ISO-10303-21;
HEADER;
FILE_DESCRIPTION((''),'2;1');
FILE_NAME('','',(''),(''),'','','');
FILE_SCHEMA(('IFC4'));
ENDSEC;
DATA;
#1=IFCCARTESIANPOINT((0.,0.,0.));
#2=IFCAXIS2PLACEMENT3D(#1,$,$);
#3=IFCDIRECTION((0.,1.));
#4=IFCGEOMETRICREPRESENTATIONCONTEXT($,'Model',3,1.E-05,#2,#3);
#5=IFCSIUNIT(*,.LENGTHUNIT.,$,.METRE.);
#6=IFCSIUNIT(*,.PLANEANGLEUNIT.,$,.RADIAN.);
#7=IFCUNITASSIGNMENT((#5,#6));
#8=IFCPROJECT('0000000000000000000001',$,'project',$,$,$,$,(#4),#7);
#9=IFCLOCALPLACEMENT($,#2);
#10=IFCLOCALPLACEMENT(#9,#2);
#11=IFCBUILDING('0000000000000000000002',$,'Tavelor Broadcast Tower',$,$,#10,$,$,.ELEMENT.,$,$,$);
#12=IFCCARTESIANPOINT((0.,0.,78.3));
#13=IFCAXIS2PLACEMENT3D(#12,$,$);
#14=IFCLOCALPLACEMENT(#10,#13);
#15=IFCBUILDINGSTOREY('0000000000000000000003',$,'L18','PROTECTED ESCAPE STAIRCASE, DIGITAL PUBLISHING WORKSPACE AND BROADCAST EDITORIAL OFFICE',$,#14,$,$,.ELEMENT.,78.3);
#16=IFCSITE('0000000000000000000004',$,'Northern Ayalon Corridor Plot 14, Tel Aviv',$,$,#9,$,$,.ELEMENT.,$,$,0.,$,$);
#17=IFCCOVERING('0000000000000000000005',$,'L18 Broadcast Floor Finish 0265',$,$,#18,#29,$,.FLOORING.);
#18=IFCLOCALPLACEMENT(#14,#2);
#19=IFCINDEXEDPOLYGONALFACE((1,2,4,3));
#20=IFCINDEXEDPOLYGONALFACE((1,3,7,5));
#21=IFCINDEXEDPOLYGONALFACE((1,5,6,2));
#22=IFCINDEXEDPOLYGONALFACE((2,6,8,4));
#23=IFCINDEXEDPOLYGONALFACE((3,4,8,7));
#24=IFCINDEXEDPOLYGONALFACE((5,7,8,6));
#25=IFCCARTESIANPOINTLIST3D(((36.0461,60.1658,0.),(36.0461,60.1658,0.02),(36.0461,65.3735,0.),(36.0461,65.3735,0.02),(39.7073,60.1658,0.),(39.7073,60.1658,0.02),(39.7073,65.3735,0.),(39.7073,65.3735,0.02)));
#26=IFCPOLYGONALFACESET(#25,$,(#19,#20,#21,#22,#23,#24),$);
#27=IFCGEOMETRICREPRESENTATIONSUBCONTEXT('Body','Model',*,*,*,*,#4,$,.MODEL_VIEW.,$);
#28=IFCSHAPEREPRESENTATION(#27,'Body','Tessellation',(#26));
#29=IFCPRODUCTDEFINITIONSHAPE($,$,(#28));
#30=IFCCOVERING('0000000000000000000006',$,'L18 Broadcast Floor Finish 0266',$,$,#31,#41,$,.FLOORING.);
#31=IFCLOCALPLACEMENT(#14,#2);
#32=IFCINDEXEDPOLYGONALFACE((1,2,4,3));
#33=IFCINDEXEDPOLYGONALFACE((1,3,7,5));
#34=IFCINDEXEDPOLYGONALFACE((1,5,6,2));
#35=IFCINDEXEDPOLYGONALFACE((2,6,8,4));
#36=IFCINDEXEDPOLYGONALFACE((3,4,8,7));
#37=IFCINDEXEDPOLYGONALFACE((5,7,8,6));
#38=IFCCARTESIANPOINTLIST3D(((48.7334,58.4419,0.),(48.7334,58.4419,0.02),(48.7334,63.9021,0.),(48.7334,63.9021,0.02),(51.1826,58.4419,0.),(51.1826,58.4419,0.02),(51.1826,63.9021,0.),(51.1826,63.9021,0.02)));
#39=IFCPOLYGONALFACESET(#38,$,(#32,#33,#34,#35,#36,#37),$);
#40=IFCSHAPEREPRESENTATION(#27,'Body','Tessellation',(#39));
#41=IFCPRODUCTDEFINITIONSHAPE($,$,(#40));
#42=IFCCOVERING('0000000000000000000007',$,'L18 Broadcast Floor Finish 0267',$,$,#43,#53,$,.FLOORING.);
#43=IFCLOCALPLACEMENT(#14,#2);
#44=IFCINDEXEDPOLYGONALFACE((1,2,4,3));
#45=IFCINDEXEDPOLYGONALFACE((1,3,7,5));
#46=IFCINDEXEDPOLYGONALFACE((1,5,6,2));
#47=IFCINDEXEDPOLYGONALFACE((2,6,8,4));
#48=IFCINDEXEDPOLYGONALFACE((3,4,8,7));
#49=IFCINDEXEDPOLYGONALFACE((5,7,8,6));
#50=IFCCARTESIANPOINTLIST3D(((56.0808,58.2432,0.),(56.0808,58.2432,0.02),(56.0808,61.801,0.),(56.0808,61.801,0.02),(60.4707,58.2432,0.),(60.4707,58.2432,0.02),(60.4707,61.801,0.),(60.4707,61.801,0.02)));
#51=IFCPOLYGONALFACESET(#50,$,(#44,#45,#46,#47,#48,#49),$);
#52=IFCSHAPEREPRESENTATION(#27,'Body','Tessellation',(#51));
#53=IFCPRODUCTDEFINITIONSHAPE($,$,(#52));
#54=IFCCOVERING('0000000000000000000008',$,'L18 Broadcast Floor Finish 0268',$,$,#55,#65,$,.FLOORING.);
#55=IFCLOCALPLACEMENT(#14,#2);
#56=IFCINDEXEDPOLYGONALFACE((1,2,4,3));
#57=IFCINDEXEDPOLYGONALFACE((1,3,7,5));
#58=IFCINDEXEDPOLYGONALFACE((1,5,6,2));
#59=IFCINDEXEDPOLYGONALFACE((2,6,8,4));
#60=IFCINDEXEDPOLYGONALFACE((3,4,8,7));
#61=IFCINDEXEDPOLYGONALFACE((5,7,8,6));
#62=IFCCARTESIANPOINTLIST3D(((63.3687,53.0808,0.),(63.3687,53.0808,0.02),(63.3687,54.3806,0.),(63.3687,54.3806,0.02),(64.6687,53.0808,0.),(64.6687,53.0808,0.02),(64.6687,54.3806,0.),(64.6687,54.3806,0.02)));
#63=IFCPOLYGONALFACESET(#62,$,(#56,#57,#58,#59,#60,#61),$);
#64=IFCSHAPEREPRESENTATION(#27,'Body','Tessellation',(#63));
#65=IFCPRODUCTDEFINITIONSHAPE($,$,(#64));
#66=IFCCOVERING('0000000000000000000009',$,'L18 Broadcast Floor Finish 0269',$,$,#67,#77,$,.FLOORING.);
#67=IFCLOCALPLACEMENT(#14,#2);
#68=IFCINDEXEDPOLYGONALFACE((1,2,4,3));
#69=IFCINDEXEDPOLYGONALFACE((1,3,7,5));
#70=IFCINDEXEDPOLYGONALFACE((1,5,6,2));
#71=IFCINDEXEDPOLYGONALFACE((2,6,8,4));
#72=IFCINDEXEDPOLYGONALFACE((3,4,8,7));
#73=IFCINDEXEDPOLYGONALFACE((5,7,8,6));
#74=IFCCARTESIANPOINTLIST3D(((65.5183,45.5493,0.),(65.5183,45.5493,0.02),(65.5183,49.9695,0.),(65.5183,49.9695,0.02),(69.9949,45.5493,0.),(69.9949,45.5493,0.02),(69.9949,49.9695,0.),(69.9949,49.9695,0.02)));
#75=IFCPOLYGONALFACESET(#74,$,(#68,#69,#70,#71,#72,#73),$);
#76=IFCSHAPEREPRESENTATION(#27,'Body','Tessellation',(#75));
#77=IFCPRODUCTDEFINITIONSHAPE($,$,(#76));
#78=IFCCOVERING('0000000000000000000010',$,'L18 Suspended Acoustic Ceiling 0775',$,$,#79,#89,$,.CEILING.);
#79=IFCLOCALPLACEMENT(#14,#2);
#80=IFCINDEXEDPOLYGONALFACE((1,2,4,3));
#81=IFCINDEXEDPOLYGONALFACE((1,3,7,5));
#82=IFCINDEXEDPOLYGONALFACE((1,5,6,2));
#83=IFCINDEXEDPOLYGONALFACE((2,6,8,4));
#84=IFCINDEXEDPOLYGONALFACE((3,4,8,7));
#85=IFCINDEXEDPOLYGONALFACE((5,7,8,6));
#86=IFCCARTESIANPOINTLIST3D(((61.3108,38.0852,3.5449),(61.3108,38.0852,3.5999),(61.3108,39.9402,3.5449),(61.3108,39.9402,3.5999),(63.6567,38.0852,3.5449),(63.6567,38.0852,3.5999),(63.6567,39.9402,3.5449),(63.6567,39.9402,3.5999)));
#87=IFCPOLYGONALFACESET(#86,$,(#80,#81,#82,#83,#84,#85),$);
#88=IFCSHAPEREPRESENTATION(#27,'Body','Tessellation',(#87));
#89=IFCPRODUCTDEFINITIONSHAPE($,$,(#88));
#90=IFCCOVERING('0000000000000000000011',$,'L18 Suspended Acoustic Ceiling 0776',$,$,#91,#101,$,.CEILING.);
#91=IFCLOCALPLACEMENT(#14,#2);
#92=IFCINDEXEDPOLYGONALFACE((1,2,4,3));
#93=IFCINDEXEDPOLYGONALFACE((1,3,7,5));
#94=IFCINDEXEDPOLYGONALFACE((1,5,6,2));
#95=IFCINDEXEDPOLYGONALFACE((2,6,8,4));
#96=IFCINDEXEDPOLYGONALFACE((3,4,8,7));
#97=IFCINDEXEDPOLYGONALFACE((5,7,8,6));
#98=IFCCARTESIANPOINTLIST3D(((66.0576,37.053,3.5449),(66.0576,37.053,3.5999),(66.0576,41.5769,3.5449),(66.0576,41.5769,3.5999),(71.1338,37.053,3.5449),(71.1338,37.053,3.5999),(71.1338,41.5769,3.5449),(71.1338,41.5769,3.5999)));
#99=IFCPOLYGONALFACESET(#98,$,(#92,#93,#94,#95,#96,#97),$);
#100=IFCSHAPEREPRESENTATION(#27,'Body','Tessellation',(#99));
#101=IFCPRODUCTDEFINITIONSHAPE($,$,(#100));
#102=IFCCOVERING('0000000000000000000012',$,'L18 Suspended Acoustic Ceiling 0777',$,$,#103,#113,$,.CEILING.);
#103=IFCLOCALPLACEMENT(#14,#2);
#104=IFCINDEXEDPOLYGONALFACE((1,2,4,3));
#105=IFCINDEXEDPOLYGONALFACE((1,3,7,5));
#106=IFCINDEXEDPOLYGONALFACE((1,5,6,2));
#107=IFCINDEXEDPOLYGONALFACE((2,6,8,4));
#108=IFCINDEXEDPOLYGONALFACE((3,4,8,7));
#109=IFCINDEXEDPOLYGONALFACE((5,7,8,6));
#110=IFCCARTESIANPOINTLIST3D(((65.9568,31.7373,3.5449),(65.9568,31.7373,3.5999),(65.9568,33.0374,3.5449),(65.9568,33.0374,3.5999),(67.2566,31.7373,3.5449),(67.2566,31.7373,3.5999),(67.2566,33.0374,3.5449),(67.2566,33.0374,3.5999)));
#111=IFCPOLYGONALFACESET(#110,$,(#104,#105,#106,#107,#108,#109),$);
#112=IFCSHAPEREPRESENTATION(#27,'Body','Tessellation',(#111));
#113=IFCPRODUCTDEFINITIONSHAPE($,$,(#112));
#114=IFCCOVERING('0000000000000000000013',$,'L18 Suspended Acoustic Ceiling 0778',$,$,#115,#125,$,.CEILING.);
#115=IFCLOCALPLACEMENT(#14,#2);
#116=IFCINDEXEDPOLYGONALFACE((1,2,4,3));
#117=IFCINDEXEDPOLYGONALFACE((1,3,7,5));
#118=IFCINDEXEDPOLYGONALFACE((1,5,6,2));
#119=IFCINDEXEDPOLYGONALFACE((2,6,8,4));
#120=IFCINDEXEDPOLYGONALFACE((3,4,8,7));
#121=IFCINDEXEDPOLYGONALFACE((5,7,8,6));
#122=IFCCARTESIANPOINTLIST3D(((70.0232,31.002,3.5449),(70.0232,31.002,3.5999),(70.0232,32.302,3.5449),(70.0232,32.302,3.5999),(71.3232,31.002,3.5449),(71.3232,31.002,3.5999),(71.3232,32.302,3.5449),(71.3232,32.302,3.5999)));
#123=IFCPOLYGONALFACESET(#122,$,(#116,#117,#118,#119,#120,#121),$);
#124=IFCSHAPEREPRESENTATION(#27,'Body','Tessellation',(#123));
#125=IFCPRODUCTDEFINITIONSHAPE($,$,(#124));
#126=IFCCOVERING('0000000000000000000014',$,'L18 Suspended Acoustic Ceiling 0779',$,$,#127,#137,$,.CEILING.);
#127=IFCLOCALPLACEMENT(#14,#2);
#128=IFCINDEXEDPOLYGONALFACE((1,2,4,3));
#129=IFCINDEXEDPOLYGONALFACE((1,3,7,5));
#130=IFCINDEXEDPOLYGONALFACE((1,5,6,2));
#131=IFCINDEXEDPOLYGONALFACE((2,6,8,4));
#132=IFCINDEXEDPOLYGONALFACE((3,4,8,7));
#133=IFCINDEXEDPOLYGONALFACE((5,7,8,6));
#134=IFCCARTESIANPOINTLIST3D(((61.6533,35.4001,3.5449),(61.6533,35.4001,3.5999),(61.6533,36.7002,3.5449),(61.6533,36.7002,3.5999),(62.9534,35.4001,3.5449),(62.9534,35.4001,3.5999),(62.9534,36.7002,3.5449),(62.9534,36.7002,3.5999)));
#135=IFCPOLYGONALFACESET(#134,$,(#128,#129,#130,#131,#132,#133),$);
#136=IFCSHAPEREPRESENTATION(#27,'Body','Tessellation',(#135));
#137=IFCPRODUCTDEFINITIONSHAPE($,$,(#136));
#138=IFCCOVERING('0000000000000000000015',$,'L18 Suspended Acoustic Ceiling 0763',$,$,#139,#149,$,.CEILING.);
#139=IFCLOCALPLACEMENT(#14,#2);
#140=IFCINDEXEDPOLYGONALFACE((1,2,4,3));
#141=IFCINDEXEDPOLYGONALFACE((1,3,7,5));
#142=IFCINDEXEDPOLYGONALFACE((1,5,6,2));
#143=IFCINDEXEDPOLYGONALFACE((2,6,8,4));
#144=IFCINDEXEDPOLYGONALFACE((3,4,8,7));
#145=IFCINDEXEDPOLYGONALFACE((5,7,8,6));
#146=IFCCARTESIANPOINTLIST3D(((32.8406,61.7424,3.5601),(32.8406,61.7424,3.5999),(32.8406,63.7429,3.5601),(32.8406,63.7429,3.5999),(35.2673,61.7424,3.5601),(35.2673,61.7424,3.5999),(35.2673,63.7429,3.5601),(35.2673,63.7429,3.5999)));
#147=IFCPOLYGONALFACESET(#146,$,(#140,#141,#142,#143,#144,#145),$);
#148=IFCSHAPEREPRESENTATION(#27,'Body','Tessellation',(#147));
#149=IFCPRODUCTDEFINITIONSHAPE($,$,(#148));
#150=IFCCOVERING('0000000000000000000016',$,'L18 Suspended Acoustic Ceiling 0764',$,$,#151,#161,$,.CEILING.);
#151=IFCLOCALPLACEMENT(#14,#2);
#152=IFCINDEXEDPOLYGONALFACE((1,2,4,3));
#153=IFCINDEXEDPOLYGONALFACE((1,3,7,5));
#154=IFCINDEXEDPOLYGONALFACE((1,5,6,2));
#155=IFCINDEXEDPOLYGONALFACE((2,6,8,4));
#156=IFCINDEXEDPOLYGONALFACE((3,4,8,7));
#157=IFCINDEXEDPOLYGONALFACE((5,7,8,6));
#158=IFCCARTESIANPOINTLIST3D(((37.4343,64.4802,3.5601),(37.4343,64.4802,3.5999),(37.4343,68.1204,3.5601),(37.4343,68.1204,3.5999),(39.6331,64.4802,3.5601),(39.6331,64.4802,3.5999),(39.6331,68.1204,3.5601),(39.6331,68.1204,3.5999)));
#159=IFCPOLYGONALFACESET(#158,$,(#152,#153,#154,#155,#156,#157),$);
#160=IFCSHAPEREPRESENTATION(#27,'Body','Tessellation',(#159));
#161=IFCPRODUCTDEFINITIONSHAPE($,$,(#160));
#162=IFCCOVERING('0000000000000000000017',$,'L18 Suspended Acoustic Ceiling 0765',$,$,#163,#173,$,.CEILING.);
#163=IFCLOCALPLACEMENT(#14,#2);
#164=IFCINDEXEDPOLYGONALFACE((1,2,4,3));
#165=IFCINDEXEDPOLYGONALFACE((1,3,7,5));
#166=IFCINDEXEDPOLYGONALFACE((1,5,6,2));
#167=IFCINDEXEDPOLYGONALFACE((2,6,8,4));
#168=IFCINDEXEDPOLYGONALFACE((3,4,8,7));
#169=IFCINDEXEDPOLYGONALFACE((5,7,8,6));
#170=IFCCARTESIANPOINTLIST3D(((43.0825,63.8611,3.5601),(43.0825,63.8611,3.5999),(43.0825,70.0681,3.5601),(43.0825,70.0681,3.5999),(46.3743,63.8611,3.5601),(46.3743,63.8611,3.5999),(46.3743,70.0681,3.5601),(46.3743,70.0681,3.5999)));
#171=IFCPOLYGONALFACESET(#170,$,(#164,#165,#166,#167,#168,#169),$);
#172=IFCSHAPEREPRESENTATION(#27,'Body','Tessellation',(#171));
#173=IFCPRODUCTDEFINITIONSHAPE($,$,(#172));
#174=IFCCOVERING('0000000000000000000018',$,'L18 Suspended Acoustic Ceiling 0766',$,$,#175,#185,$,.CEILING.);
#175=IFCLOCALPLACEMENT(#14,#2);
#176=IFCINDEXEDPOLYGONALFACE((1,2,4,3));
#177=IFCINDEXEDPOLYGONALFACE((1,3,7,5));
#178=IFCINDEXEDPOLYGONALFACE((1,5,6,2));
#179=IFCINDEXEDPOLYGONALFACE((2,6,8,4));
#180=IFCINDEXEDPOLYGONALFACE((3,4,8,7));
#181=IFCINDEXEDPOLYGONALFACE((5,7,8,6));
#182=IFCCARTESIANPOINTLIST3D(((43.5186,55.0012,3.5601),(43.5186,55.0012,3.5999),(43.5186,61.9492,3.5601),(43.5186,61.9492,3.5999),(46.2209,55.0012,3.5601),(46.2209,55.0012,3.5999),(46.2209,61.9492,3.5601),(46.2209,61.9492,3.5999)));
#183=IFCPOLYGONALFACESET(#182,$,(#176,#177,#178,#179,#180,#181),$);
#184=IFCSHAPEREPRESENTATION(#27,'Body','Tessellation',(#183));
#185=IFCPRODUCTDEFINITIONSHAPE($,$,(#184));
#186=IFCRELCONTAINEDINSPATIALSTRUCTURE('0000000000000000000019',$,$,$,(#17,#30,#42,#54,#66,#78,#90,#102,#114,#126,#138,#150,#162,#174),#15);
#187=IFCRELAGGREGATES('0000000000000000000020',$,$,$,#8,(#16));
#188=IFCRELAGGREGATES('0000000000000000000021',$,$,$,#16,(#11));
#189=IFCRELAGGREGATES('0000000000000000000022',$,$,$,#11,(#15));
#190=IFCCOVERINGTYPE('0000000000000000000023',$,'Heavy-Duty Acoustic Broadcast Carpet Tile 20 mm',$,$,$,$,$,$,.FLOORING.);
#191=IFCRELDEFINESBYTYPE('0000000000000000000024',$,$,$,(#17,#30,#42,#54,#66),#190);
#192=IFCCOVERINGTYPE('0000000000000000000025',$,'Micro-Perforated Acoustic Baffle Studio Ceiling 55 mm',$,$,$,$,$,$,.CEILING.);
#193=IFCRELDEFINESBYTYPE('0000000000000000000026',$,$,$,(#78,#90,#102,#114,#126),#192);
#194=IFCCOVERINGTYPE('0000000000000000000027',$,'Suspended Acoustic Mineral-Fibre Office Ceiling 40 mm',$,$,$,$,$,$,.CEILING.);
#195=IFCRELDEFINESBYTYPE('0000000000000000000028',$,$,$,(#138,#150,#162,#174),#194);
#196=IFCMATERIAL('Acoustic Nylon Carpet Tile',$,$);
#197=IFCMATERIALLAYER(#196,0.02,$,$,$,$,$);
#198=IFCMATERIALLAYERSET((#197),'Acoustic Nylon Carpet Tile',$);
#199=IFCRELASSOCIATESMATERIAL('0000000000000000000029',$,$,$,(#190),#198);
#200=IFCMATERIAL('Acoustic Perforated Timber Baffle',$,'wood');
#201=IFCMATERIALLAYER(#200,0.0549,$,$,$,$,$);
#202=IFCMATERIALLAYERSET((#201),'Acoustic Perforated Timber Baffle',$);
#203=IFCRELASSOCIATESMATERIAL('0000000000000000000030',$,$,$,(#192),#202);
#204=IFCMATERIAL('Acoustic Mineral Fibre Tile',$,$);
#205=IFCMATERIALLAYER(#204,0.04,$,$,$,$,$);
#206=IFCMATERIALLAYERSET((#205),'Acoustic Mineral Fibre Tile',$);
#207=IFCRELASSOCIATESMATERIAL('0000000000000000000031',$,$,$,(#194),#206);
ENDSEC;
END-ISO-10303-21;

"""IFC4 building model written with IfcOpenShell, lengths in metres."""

from ifc_helpers import new_model, si_unit, direction, frame, origin, place, context, subcontext, project, spatial, polyline, outline, extrude, material, layer, layer_set, type_object, element, save


model = new_model("IFC4")

# Units and contexts
model_context = context("Model", 3, precision=1e-05, world=origin(), true_north=direction((0.0, 1.0)))
body_context = subcontext(model_context, "Body", "Model", "MODEL_VIEW")
ifc_project = project(units=[si_unit("LENGTHUNIT", "METRE"), si_unit("PLANEANGLEUNIT", "RADIAN")], contexts=[model_context])

# Site, building, storey
site_placement = place(None, origin())
site = spatial("IfcSite", under=ifc_project, at=site_placement, Name="Northern Ayalon Corridor Plot 14, Tel Aviv", CompositionType="ELEMENT", RefElevation=0.0)
building_placement = place(site_placement, origin())
building = spatial("IfcBuilding", under=site, at=building_placement, Name="Tavelor Broadcast Tower", CompositionType="ELEMENT")
storey_placement = place(building_placement, frame((0.0, 0.0, 78.3)))
storey = spatial("IfcBuildingStorey", under=building, at=storey_placement, Name="L18", Description="PROTECTED ESCAPE STAIRCASE, DIGITAL PUBLISHING WORKSPACE AND BROADCAST EDITORIAL OFFICE", CompositionType="ELEMENT", Elevation=78.3)

# Coverings
ifc_material_1 = material(Name="Acoustic Nylon Carpet Tile")
ifc_layer_1 = layer(ifc_material_1, 0.02)
ifc_layer_set_1 = layer_set([ifc_layer_1], Name="Acoustic Nylon Carpet Tile")
covering_type_1 = type_object("IfcCoveringType", Name="Heavy-Duty Acoustic Broadcast Carpet Tile 20 mm", PredefinedType="FLOORING", material=ifc_layer_set_1)
covering_1_placement = place(storey_placement, origin())
element("IfcCovering", 1, at=covering_1_placement, inside=storey, type_object=covering_type_1, Name="L18 Broadcast Floor Finish 0265", PredefinedType="FLOORING", context=body_context, shape_type="SweptSolid", body=[
    extrude(outline(polyline([(36.0461, 60.1658), (39.7073, 60.1658), (39.7073, 65.3735), (36.0461, 65.3735), (36.0461, 60.1658)])), origin(), (0.0, 0.0, 1.0), 0.02),
])
covering_2_placement = place(storey_placement, origin())
element("IfcCovering", 2, at=covering_2_placement, inside=storey, type_object=covering_type_1, Name="L18 Broadcast Floor Finish 0266", PredefinedType="FLOORING", context=body_context, shape_type="SweptSolid", body=[
    extrude(outline(polyline([(48.7334, 58.4419), (51.1826, 58.4419), (51.1826, 63.9021), (48.7334, 63.9021), (48.7334, 58.4419)])), origin(), (0.0, 0.0, 1.0), 0.02),
])
covering_3_placement = place(storey_placement, origin())
element("IfcCovering", 3, at=covering_3_placement, inside=storey, type_object=covering_type_1, Name="L18 Broadcast Floor Finish 0267", PredefinedType="FLOORING", context=body_context, shape_type="SweptSolid", body=[
    extrude(outline(polyline([(56.0808, 58.2432), (60.4707, 58.2432), (60.4707, 61.801), (56.0808, 61.801), (56.0808, 58.2432)])), origin(), (0.0, 0.0, 1.0), 0.02),
])
covering_4_placement = place(storey_placement, origin())
element("IfcCovering", 4, at=covering_4_placement, inside=storey, type_object=covering_type_1, Name="L18 Broadcast Floor Finish 0268", PredefinedType="FLOORING", context=body_context, shape_type="SweptSolid", body=[
    extrude(outline(polyline([(63.3687, 53.0808), (64.6687, 53.0808), (64.6687, 54.3806), (63.3687, 54.3806), (63.3687, 53.0808)])), origin(), (0.0, 0.0, 1.0), 0.02),
])
covering_5_placement = place(storey_placement, origin())
element("IfcCovering", 5, at=covering_5_placement, inside=storey, type_object=covering_type_1, Name="L18 Broadcast Floor Finish 0269", PredefinedType="FLOORING", context=body_context, shape_type="SweptSolid", body=[
    extrude(outline(polyline([(65.5183, 45.5493), (69.9949, 45.5493), (69.9949, 49.9695), (65.5183, 49.9695), (65.5183, 45.5493)])), origin(), (0.0, 0.0, 1.0), 0.02),
])
ifc_material_2 = material(Name="Acoustic Perforated Timber Baffle", Category="wood")
ifc_layer_2 = layer(ifc_material_2, 0.0549)
ifc_layer_set_2 = layer_set([ifc_layer_2], Name="Acoustic Perforated Timber Baffle")
covering_type_2 = type_object("IfcCoveringType", Name="Micro-Perforated Acoustic Baffle Studio Ceiling 55 mm", PredefinedType="CEILING", material=ifc_layer_set_2)
covering_6_placement = place(storey_placement, frame((0.0, 0.0, 3.5449)))
element("IfcCovering", 6, at=covering_6_placement, inside=storey, type_object=covering_type_2, Name="L18 Suspended Acoustic Ceiling 0775", PredefinedType="CEILING", context=body_context, shape_type="SweptSolid", body=[
    extrude(outline(polyline([(61.3108, 38.0852), (63.6567, 38.0852), (63.6567, 39.9402), (61.3108, 39.9402), (61.3108, 38.0852)])), origin(), (0.0, 0.0, 1.0), 0.0549),
])
covering_7_placement = place(storey_placement, frame((0.0, 0.0, 3.5449)))
element("IfcCovering", 7, at=covering_7_placement, inside=storey, type_object=covering_type_2, Name="L18 Suspended Acoustic Ceiling 0776", PredefinedType="CEILING", context=body_context, shape_type="SweptSolid", body=[
    extrude(outline(polyline([(66.0576, 37.053), (71.1338, 37.053), (71.1338, 41.5769), (66.0576, 41.5769), (66.0576, 37.053)])), origin(), (0.0, 0.0, 1.0), 0.0549),
])
covering_8_placement = place(storey_placement, frame((0.0, 0.0, 3.5449)))
element("IfcCovering", 8, at=covering_8_placement, inside=storey, type_object=covering_type_2, Name="L18 Suspended Acoustic Ceiling 0777", PredefinedType="CEILING", context=body_context, shape_type="SweptSolid", body=[
    extrude(outline(polyline([(65.9568, 31.7373), (67.2566, 31.7373), (67.2566, 33.0374), (65.9568, 33.0374), (65.9568, 31.7373)])), origin(), (0.0, 0.0, 1.0), 0.0549),
])
covering_9_placement = place(storey_placement, frame((0.0, 0.0, 3.5449)))
element("IfcCovering", 9, at=covering_9_placement, inside=storey, type_object=covering_type_2, Name="L18 Suspended Acoustic Ceiling 0778", PredefinedType="CEILING", context=body_context, shape_type="SweptSolid", body=[
    extrude(outline(polyline([(70.0232, 31.002), (71.3232, 31.002), (71.3232, 32.302), (70.0232, 32.302), (70.0232, 31.002)])), origin(), (0.0, 0.0, 1.0), 0.0549),
])
covering_10_placement = place(storey_placement, frame((0.0, 0.0, 3.5449)))
element("IfcCovering", 10, at=covering_10_placement, inside=storey, type_object=covering_type_2, Name="L18 Suspended Acoustic Ceiling 0779", PredefinedType="CEILING", context=body_context, shape_type="SweptSolid", body=[
    extrude(outline(polyline([(61.6533, 35.4001), (62.9534, 35.4001), (62.9534, 36.7002), (61.6533, 36.7002), (61.6533, 35.4001)])), origin(), (0.0, 0.0, 1.0), 0.0549),
])
ifc_material_3 = material(Name="Acoustic Mineral Fibre Tile")
ifc_layer_3 = layer(ifc_material_3, 0.04)
ifc_layer_set_3 = layer_set([ifc_layer_3], Name="Acoustic Mineral Fibre Tile")
covering_type_3 = type_object("IfcCoveringType", Name="Suspended Acoustic Mineral-Fibre Office Ceiling 40 mm", PredefinedType="CEILING", material=ifc_layer_set_3)
covering_11_placement = place(storey_placement, frame((0.0, 0.0, 3.5601)))
element("IfcCovering", 11, at=covering_11_placement, inside=storey, type_object=covering_type_3, Name="L18 Suspended Acoustic Ceiling 0763", PredefinedType="CEILING", context=body_context, shape_type="SweptSolid", body=[
    extrude(outline(polyline([(32.8406, 61.7424), (35.2673, 61.7424), (35.2673, 63.7429), (32.8406, 63.7429), (32.8406, 61.7424)])), origin(), (0.0, 0.0, 1.0), 0.0398),
])
covering_12_placement = place(storey_placement, frame((0.0, 0.0, 3.5601)))
element("IfcCovering", 12, at=covering_12_placement, inside=storey, type_object=covering_type_3, Name="L18 Suspended Acoustic Ceiling 0764", PredefinedType="CEILING", context=body_context, shape_type="SweptSolid", body=[
    extrude(outline(polyline([(37.4343, 64.4802), (39.6331, 64.4802), (39.6331, 68.1204), (37.4343, 68.1204), (37.4343, 64.4802)])), origin(), (0.0, 0.0, 1.0), 0.0398),
])
covering_13_placement = place(storey_placement, frame((0.0, 0.0, 3.5601)))
element("IfcCovering", 13, at=covering_13_placement, inside=storey, type_object=covering_type_3, Name="L18 Suspended Acoustic Ceiling 0765", PredefinedType="CEILING", context=body_context, shape_type="SweptSolid", body=[
    extrude(outline(polyline([(43.0825, 63.8611), (46.3743, 63.8611), (46.3743, 70.0681), (43.0825, 70.0681), (43.0825, 63.8611)])), origin(), (0.0, 0.0, 1.0), 0.0398),
])
covering_14_placement = place(storey_placement, frame((0.0, 0.0, 3.5601)))
element("IfcCovering", 14, at=covering_14_placement, inside=storey, type_object=covering_type_3, Name="L18 Suspended Acoustic Ceiling 0766", PredefinedType="CEILING", context=body_context, shape_type="SweptSolid", body=[
    extrude(outline(polyline([(43.5186, 55.0012), (46.2209, 55.0012), (46.2209, 61.9492), (43.5186, 61.9492), (43.5186, 55.0012)])), origin(), (0.0, 0.0, 1.0), 0.0398),
])

save(model, "model.ifc")
